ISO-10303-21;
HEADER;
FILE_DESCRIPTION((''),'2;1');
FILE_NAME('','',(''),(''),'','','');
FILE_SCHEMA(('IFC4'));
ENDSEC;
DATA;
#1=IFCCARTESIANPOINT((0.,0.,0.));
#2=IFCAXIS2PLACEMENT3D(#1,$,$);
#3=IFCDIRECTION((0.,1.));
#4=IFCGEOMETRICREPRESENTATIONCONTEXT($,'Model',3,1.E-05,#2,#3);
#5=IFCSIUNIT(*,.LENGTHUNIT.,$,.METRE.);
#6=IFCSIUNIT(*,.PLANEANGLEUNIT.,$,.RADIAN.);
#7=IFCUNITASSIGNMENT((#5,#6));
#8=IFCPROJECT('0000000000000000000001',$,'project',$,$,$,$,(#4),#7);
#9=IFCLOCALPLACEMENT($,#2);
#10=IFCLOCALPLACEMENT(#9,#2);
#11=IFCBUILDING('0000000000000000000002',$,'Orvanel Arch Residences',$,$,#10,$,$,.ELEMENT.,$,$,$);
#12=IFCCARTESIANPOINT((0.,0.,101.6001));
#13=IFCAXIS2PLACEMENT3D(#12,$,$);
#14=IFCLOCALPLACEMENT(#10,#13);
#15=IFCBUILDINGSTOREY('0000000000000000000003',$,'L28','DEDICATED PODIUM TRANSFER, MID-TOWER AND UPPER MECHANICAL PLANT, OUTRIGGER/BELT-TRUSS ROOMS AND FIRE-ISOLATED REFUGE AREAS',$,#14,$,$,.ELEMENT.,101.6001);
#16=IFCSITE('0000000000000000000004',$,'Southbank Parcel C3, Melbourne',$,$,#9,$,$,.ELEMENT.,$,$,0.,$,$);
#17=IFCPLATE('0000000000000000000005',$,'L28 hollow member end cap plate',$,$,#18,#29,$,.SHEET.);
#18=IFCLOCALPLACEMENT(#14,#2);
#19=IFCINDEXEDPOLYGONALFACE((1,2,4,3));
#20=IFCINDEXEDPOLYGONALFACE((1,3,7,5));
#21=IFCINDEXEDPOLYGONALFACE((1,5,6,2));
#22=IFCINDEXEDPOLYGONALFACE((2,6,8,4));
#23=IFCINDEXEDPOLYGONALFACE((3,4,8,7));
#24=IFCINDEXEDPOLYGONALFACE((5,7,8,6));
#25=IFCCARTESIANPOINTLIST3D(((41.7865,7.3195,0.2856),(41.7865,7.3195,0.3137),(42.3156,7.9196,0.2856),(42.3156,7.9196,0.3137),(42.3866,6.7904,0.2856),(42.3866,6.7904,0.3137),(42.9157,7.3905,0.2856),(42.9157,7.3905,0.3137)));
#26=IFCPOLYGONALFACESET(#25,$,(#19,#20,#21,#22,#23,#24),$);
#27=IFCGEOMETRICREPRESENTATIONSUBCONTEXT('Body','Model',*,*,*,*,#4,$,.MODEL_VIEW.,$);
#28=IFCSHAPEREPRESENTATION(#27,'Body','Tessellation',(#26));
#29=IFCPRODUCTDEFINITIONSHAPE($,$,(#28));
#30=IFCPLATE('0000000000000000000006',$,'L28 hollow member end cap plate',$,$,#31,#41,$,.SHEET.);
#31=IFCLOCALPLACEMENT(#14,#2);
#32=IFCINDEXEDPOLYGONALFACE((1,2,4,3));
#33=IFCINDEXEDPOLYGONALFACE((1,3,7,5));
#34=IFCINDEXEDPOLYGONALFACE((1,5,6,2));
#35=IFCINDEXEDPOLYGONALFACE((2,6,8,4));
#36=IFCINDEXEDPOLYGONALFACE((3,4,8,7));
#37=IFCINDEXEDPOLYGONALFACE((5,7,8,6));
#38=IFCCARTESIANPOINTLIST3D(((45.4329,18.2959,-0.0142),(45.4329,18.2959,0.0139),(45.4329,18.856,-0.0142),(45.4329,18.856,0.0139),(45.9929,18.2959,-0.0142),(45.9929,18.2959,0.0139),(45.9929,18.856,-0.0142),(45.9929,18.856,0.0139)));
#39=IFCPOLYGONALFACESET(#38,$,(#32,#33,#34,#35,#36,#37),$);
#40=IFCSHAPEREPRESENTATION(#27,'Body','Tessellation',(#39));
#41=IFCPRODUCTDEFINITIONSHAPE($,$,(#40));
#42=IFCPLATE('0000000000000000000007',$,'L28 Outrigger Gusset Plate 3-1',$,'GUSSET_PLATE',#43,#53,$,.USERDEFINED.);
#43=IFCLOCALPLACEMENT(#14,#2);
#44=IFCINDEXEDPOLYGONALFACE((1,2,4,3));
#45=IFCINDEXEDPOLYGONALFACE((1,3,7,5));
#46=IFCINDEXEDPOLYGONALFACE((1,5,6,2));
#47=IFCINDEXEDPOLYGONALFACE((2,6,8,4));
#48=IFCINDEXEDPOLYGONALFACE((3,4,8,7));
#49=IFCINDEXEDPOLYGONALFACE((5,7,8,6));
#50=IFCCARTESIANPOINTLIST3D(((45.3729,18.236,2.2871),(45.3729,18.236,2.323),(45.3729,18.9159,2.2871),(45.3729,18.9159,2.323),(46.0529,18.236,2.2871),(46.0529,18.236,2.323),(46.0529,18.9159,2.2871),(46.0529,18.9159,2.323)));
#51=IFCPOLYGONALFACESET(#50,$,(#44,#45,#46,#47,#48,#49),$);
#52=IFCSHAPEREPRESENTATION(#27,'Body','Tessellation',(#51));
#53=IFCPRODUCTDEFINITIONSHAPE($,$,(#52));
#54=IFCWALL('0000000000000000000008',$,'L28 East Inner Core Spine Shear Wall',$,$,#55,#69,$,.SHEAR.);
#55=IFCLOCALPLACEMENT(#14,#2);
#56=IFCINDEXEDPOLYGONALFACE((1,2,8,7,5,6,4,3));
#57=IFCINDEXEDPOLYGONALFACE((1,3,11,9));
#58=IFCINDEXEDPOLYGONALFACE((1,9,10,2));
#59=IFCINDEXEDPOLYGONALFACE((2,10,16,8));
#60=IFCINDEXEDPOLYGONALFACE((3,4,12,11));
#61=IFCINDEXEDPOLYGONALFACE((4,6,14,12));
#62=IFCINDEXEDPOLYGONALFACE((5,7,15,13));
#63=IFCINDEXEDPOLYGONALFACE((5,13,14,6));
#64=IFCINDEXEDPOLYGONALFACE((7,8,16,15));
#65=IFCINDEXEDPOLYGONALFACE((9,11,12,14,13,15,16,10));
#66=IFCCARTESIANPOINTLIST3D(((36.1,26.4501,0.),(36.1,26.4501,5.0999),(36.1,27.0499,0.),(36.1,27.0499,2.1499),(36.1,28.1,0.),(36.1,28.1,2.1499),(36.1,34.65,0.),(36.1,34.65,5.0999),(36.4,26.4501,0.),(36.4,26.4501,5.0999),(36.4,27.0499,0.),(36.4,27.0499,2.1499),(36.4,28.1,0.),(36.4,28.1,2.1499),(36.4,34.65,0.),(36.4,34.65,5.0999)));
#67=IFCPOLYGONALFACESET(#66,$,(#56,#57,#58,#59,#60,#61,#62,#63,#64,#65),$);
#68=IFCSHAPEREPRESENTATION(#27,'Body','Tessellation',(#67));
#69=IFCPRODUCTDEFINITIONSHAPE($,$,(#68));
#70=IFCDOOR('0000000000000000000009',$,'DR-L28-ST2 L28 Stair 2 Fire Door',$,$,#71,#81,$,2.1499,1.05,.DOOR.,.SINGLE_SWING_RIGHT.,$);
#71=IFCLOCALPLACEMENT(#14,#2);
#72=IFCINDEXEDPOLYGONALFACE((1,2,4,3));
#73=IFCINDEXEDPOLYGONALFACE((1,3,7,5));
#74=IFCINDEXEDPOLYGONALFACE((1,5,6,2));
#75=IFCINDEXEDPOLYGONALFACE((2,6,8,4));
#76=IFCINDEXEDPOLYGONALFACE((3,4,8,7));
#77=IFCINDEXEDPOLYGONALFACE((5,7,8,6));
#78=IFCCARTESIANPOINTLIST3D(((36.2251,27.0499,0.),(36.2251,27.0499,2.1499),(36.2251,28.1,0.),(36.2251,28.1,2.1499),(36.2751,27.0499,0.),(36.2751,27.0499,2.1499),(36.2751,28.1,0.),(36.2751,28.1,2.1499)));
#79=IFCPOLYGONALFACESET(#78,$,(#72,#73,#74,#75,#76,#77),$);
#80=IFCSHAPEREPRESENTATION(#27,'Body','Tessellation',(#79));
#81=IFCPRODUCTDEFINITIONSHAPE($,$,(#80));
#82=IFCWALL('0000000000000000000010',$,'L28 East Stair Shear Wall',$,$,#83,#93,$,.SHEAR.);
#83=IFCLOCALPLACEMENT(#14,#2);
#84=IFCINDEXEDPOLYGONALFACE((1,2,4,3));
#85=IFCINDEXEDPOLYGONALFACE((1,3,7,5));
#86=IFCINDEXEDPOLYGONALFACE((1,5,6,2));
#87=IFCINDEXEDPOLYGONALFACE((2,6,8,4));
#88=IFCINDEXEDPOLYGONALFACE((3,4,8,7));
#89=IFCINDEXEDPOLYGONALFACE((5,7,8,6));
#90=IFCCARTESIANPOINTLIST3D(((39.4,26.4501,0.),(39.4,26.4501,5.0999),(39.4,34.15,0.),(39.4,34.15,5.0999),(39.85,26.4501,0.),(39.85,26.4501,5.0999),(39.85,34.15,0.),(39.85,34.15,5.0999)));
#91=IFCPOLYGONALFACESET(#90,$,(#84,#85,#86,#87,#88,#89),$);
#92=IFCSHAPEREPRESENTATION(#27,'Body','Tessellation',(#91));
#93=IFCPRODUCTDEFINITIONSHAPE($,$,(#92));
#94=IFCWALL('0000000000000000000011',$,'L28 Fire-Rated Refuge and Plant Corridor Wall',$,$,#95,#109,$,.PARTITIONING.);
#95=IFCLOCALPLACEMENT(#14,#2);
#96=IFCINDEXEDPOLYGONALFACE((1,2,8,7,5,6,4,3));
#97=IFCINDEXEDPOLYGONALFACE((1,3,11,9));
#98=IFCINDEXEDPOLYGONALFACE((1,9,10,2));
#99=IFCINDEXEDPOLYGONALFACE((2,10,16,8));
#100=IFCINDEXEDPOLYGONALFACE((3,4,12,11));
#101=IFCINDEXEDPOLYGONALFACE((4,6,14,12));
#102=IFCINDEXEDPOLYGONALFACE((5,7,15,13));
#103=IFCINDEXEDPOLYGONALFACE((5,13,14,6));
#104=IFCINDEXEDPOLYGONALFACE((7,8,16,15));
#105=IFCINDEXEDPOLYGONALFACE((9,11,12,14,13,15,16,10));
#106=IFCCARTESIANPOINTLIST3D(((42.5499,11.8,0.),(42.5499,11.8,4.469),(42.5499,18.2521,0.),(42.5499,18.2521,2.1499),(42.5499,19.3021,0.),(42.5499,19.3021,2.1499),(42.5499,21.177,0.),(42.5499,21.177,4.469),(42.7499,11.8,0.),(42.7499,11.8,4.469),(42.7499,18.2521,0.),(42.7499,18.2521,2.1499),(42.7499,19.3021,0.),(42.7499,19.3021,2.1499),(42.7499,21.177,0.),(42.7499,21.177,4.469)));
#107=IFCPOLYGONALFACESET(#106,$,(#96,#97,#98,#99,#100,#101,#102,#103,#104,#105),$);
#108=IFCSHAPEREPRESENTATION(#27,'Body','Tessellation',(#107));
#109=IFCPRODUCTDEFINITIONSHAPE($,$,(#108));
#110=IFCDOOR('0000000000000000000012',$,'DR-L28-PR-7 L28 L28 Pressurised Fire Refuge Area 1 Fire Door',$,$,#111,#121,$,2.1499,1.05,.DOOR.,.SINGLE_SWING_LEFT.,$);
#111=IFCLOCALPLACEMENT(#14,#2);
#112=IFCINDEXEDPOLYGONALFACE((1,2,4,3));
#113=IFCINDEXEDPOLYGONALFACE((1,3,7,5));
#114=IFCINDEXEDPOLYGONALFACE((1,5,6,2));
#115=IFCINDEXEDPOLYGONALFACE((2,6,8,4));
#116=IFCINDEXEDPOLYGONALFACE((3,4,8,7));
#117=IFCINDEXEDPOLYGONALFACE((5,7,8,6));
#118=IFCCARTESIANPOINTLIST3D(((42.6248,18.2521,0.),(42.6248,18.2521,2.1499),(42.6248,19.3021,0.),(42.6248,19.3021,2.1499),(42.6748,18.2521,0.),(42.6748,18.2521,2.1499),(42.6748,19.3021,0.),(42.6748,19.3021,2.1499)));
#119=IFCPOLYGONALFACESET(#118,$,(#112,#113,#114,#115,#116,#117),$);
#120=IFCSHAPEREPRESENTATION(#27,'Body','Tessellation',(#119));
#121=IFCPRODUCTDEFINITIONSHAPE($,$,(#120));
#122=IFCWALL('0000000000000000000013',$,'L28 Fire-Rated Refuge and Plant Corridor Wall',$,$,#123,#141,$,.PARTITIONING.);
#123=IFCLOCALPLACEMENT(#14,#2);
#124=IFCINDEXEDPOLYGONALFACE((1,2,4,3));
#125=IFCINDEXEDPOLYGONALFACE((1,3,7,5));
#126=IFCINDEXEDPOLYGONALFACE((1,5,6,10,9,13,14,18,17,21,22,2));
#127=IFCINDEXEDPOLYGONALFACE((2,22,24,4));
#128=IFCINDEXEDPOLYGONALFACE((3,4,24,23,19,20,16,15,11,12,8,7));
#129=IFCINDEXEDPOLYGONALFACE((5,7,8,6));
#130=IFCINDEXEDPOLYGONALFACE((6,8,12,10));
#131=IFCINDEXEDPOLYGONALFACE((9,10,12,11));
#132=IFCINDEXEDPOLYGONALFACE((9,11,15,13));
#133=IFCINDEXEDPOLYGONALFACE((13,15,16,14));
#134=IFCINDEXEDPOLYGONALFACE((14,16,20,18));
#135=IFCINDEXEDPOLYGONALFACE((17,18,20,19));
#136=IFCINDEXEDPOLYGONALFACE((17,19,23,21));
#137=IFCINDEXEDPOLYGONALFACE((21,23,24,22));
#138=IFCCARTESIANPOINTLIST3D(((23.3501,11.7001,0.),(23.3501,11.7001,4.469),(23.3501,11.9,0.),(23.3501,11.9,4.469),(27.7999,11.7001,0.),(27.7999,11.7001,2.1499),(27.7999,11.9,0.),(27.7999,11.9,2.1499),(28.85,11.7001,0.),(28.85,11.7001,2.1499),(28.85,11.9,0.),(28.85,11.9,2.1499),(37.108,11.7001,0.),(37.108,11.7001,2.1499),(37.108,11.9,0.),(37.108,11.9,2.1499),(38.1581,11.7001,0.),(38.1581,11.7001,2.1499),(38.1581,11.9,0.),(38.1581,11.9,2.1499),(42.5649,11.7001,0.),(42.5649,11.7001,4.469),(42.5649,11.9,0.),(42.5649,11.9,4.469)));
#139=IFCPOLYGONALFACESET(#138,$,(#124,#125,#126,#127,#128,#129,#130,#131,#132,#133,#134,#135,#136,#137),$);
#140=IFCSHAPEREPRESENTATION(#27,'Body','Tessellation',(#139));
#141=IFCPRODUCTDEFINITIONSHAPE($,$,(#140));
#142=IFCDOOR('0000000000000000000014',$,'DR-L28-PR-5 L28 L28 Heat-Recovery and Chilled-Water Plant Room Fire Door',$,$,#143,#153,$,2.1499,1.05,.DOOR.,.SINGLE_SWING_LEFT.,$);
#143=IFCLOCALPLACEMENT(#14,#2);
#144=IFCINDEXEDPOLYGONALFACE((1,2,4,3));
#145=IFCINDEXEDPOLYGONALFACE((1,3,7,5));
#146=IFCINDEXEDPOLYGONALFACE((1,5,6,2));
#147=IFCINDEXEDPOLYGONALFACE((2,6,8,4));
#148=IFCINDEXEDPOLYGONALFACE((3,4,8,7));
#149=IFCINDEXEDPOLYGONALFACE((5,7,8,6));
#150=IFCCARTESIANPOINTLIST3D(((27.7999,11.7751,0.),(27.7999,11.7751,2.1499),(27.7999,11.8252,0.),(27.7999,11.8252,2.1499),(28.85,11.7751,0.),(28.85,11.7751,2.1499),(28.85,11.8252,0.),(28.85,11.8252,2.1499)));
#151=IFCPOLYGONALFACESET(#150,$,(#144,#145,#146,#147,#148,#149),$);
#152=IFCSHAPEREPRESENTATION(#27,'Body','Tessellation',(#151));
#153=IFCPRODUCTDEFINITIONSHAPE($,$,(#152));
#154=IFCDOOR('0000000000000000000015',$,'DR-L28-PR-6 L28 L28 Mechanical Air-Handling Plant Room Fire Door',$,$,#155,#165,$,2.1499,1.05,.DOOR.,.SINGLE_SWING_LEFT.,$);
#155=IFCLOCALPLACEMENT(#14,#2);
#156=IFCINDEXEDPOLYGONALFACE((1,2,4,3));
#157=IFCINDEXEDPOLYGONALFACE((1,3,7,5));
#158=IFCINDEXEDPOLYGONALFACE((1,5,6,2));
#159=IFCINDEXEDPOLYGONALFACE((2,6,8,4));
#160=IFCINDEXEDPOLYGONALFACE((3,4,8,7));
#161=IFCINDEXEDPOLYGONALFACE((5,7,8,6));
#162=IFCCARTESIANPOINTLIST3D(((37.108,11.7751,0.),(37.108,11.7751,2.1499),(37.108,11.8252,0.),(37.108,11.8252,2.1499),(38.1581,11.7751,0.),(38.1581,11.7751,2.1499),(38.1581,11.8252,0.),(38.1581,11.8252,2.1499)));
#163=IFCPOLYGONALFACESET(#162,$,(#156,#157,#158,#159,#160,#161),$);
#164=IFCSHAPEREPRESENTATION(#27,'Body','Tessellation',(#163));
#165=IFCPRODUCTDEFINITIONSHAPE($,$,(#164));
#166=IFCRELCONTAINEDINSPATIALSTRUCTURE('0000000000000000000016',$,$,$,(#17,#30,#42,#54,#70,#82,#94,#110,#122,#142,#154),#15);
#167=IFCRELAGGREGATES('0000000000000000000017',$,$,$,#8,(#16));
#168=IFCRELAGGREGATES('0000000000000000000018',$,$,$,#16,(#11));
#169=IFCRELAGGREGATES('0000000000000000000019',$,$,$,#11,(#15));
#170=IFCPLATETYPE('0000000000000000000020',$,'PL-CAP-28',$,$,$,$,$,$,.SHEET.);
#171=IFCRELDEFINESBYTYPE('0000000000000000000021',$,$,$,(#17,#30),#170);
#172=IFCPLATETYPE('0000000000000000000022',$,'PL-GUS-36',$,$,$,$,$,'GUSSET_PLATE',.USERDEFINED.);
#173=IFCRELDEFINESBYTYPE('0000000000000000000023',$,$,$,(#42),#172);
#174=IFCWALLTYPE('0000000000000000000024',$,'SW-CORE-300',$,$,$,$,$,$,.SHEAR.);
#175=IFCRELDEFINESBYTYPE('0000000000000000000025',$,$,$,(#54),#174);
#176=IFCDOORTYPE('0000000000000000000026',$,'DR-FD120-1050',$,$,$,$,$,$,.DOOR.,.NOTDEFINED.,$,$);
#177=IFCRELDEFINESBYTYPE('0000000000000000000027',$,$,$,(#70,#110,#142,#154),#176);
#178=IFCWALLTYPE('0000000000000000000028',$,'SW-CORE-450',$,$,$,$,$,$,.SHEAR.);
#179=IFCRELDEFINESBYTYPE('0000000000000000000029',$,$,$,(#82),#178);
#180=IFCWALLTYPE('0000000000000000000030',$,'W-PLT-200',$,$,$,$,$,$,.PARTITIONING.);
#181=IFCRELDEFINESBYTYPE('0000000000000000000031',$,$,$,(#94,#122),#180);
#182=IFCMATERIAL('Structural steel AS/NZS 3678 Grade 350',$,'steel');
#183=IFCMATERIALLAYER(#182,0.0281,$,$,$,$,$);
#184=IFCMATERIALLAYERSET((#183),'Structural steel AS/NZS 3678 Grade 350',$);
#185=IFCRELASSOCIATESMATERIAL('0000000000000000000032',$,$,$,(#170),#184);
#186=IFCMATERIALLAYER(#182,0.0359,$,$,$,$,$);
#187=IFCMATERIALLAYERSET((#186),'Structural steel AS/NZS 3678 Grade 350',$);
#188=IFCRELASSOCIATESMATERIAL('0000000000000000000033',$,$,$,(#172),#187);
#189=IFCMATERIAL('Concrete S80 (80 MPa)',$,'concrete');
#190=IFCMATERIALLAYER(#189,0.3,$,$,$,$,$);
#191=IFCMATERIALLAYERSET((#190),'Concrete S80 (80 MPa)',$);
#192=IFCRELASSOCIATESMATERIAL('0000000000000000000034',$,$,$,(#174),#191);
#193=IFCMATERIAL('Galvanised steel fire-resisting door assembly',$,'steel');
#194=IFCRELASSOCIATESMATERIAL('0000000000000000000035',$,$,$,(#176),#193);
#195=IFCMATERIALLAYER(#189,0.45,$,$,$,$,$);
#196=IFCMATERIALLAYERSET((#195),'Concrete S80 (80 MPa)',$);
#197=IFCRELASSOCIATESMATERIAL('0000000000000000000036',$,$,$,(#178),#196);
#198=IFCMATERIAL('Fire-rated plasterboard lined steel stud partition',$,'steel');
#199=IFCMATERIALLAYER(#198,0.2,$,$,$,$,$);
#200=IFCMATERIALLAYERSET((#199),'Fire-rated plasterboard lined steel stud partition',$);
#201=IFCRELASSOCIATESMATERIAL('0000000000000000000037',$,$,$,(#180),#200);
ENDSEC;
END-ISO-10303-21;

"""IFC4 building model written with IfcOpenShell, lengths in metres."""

from ifc_helpers import new_model, si_unit, direction, frame, frame_2d, origin, origin_2d, place, context, subcontext, project, spatial, rectangle, extrude, material, layer, layer_set, type_object, element, fill, save


model = new_model("IFC4")

# Units and contexts
model_context = context("Model", 3, precision=1e-05, world=origin(), true_north=direction((0.0, 1.0)))
body_context = subcontext(model_context, "Body", "Model", "MODEL_VIEW")
ifc_project = project(units=[si_unit("LENGTHUNIT", "METRE"), si_unit("PLANEANGLEUNIT", "RADIAN")], contexts=[model_context])

# Site, building, storey
site_placement = place(None, origin())
site = spatial("IfcSite", under=ifc_project, at=site_placement, Name="Southbank Parcel C3, Melbourne", CompositionType="ELEMENT", RefElevation=0.0)
building_placement = place(site_placement, origin())
building = spatial("IfcBuilding", under=site, at=building_placement, Name="Orvanel Arch Residences", CompositionType="ELEMENT")
storey_placement = place(building_placement, frame((0.0, 0.0, 101.6001)))
storey = spatial("IfcBuildingStorey", under=building, at=storey_placement, Name="L28", Description="DEDICATED PODIUM TRANSFER, MID-TOWER AND UPPER MECHANICAL PLANT, OUTRIGGER/BELT-TRUSS ROOMS AND FIRE-ISOLATED REFUGE AREAS", CompositionType="ELEMENT", Elevation=101.6001)

# Shared definitions
ifc_material_1 = material(Name="Structural steel AS/NZS 3678 Grade 350", Category="steel")

# Plates
ifc_layer_1 = layer(ifc_material_1, 0.0281)
ifc_layer_set_1 = layer_set([ifc_layer_1], Name="Structural steel AS/NZS 3678 Grade 350")
plate_type_1 = type_object("IfcPlateType", Name="PL-CAP-28", PredefinedType="SHEET", material=ifc_layer_set_1)
plate_1_placement = place(storey_placement, frame((42.3511, 7.355, 0.2856), z_axis=(0.0, 0.0, 1.0), x_axis=(0.661312, 0.750111, 0.0)))
element("IfcPlate", 1, at=plate_1_placement, inside=storey, type_object=plate_type_1, Name="L28 hollow member end cap plate", PredefinedType="SHEET", context=body_context, shape_type="SweptSolid", body=[
    extrude(rectangle(XDim=0.8, YDim=0.8, at=origin_2d()), origin(), (0.0, 0.0, 1.0), 0.0281),
])
plate_2_placement = place(storey_placement, frame((45.7129, 18.5759, -0.0142), z_axis=(0.0, 0.0, 1.0), x_axis=(1.0, 0.0, 0.0)))
element("IfcPlate", 2, at=plate_2_placement, inside=storey, type_object=plate_type_1, Name="L28 hollow member end cap plate", PredefinedType="SHEET", context=body_context, shape_type="SweptSolid", body=[
    extrude(rectangle(XDim=0.5601, YDim=0.5601, at=origin_2d()), origin(), (0.0, 0.0, 1.0), 0.0281),
])
ifc_layer_2 = layer(ifc_material_1, 0.0359)
ifc_layer_set_2 = layer_set([ifc_layer_2], Name="Structural steel AS/NZS 3678 Grade 350")
plate_type_2 = type_object("IfcPlateType", Name="PL-GUS-36", ElementType="GUSSET_PLATE", PredefinedType="USERDEFINED", material=ifc_layer_set_2)
plate_3_placement = place(storey_placement, frame((45.7129, 18.5759, 2.2871), z_axis=(0.0, 0.0, 1.0), x_axis=(1.0, 0.0, 0.0)))
element("IfcPlate", 3, at=plate_3_placement, inside=storey, type_object=plate_type_2, Name="L28 Outrigger Gusset Plate 3-1", ObjectType="GUSSET_PLATE", PredefinedType="USERDEFINED", context=body_context, shape_type="SweptSolid", body=[
    extrude(rectangle(XDim=0.6799, YDim=0.6799, at=origin_2d()), origin(), (0.0, 0.0, 1.0), 0.0359),
])

# Wall, opening, door
ifc_material_2 = material(Name="Concrete S80 (80 MPa)", Category="concrete")
ifc_layer_3 = layer(ifc_material_2, 0.3)
ifc_layer_set_3 = layer_set([ifc_layer_3], Name="Concrete S80 (80 MPa)")
wall_type_1 = type_object("IfcWallType", Name="SW-CORE-300", PredefinedType="SHEAR", material=ifc_layer_set_3)
wall_1_placement = place(storey_placement, frame((36.25, 26.45, 0.0), z_axis=(0.0, 0.0, 1.0), x_axis=(0.0, 1.0, 0.0)))
wall_1 = element("IfcWall", 4, at=wall_1_placement, inside=storey, type_object=wall_type_1, Name="L28 East Inner Core Spine Shear Wall", PredefinedType="SHEAR", context=body_context, shape_type="SweptSolid", body=[
    extrude(rectangle(XDim=8.2, YDim=0.3, at=frame_2d((4.1001, 0.0))), origin(), (0.0, 0.0, 1.0), 5.0999),
])
opening_1_placement = place(wall_1_placement, frame((0.6001, 0.0, 0.0)))
opening_1 = element("IfcOpeningElement", 5, at=opening_1_placement, cuts=wall_1, PredefinedType="OPENING", context=body_context, shape_type="SweptSolid", body=[
    extrude(rectangle(XDim=1.05, YDim=2.1499, at=frame_2d((0.5249, 1.075))), frame((0.0, 0.1599, 0.0), z_axis=(0.0, -1.0, 0.0), x_axis=(1.0, 0.0, 0.0)), (0.0, 0.0, 1.0), 0.3201),
])
ifc_material_3 = material(Name="Galvanised steel fire-resisting door assembly", Category="steel")
door_type_1 = type_object("IfcDoorType", Name="DR-FD120-1050", OperationType="NOTDEFINED", PredefinedType="DOOR", material=ifc_material_3)
door_1_placement = place(opening_1_placement, origin())
door_1 = element("IfcDoor", 6, at=door_1_placement, inside=storey, type_object=door_type_1, Name="DR-L28-ST2 L28 Stair 2 Fire Door", OperationType="SINGLE_SWING_RIGHT", OverallHeight=2.1499, OverallWidth=1.05, PredefinedType="DOOR", context=body_context, shape_type="SweptSolid", body=[
    extrude(rectangle(XDim=1.05, YDim=2.1499, at=frame_2d((0.5249, 1.075))), frame((0.0, 0.0249, 0.0), z_axis=(0.0, -1.0, 0.0), x_axis=(1.0, 0.0, 0.0)), (0.0, 0.0, 1.0), 0.05),
])
fill(opening_1, door_1)

# Wall
ifc_layer_4 = layer(ifc_material_2, 0.45)
ifc_layer_set_4 = layer_set([ifc_layer_4], Name="Concrete S80 (80 MPa)")
wall_type_2 = type_object("IfcWallType", Name="SW-CORE-450", PredefinedType="SHEAR", material=ifc_layer_set_4)
wall_2_placement = place(storey_placement, frame((39.625, 26.45, 0.0), z_axis=(0.0, 0.0, 1.0), x_axis=(0.0, 1.0, 0.0)))
element("IfcWall", 7, at=wall_2_placement, inside=storey, type_object=wall_type_2, Name="L28 East Stair Shear Wall", PredefinedType="SHEAR", context=body_context, shape_type="SweptSolid", body=[
    extrude(rectangle(XDim=7.7, YDim=0.45, at=frame_2d((3.8501, 0.0))), origin(), (0.0, 0.0, 1.0), 5.0999),
])

# Wall, opening, door
ifc_material_4 = material(Name="Fire-rated plasterboard lined steel stud partition", Category="steel")
ifc_layer_5 = layer(ifc_material_4, 0.2)
ifc_layer_set_5 = layer_set([ifc_layer_5], Name="Fire-rated plasterboard lined steel stud partition")
wall_type_3 = type_object("IfcWallType", Name="W-PLT-200", PredefinedType="PARTITIONING", material=ifc_layer_set_5)
wall_3_placement = place(storey_placement, frame((42.6499, 21.177, 0.0), z_axis=(0.0, 0.0, 1.0), x_axis=(0.0, -1.0, 0.0)))
wall_3 = element("IfcWall", 8, at=wall_3_placement, inside=storey, type_object=wall_type_3, Name="L28 Fire-Rated Refuge and Plant Corridor Wall", PredefinedType="PARTITIONING", context=body_context, shape_type="SweptSolid", body=[
    extrude(rectangle(XDim=9.377, YDim=0.2, at=frame_2d((4.6885, 0.0))), origin(), (0.0, 0.0, 1.0), 4.469),
])
opening_2_placement = place(wall_3_placement, frame((1.875, 0.0, 0.0)))
opening_2 = element("IfcOpeningElement", 9, at=opening_2_placement, cuts=wall_3, PredefinedType="OPENING", context=body_context, shape_type="SweptSolid", body=[
    extrude(rectangle(XDim=1.05, YDim=2.1499, at=frame_2d((0.5249, 1.075))), frame((0.0, 0.1099, 0.0), z_axis=(0.0, -1.0, 0.0), x_axis=(1.0, 0.0, 0.0)), (0.0, 0.0, 1.0), 0.22),
])
door_2_placement = place(opening_2_placement, origin())
door_2 = element("IfcDoor", 10, at=door_2_placement, inside=storey, type_object=door_type_1, Name="DR-L28-PR-7 L28 L28 Pressurised Fire Refuge Area 1 Fire Door", OperationType="SINGLE_SWING_LEFT", OverallHeight=2.1499, OverallWidth=1.05, PredefinedType="DOOR", context=body_context, shape_type="SweptSolid", body=[
    extrude(rectangle(XDim=1.05, YDim=2.1499, at=frame_2d((0.5249, 1.075))), frame((0.0, 0.0249, 0.0), z_axis=(0.0, -1.0, 0.0), x_axis=(1.0, 0.0, 0.0)), (0.0, 0.0, 1.0), 0.05),
])
fill(opening_2, door_2)

# Wall, openings, doors
wall_4_placement = place(storey_placement, frame((42.5649, 11.8, 0.0), z_axis=(0.0, 0.0, 1.0), x_axis=(-1.0, 0.0, 0.0)))
wall_4 = element("IfcWall", 11, at=wall_4_placement, inside=storey, type_object=wall_type_3, Name="L28 Fire-Rated Refuge and Plant Corridor Wall", PredefinedType="PARTITIONING", context=body_context, shape_type="SweptSolid", body=[
    extrude(rectangle(XDim=19.2148, YDim=0.2, at=frame_2d((9.6074, 0.0))), origin(), (0.0, 0.0, 1.0), 4.469),
])
opening_3_placement = place(wall_4_placement, frame((13.7151, 0.0, 0.0)))
opening_3 = element("IfcOpeningElement", 12, at=opening_3_placement, cuts=wall_4, PredefinedType="OPENING", context=body_context, shape_type="SweptSolid", body=[
    extrude(rectangle(XDim=1.05, YDim=2.1499, at=frame_2d((0.5249, 1.075))), frame((0.0, 0.1099, 0.0), z_axis=(0.0, -1.0, 0.0), x_axis=(1.0, 0.0, 0.0)), (0.0, 0.0, 1.0), 0.22),
])
opening_4_placement = place(wall_4_placement, frame((4.407, 0.0, 0.0)))
opening_4 = element("IfcOpeningElement", 13, at=opening_4_placement, cuts=wall_4, PredefinedType="OPENING", context=body_context, shape_type="SweptSolid", body=[
    extrude(rectangle(XDim=1.05, YDim=2.1499, at=frame_2d((0.5249, 1.075))), frame((0.0, 0.1099, 0.0), z_axis=(0.0, -1.0, 0.0), x_axis=(1.0, 0.0, 0.0)), (0.0, 0.0, 1.0), 0.22),
])
door_3_placement = place(opening_3_placement, origin())
door_3 = element("IfcDoor", 14, at=door_3_placement, inside=storey, type_object=door_type_1, Name="DR-L28-PR-5 L28 L28 Heat-Recovery and Chilled-Water Plant Room Fire Door", OperationType="SINGLE_SWING_LEFT", OverallHeight=2.1499, OverallWidth=1.05, PredefinedType="DOOR", context=body_context, shape_type="SweptSolid", body=[
    extrude(rectangle(XDim=1.05, YDim=2.1499, at=frame_2d((0.5249, 1.075))), frame((0.0, 0.0249, 0.0), z_axis=(0.0, -1.0, 0.0), x_axis=(1.0, 0.0, 0.0)), (0.0, 0.0, 1.0), 0.05),
])
fill(opening_3, door_3)
door_4_placement = place(opening_4_placement, origin())
door_4 = element("IfcDoor", 15, at=door_4_placement, inside=storey, type_object=door_type_1, Name="DR-L28-PR-6 L28 L28 Mechanical Air-Handling Plant Room Fire Door", OperationType="SINGLE_SWING_LEFT", OverallHeight=2.1499, OverallWidth=1.05, PredefinedType="DOOR", context=body_context, shape_type="SweptSolid", body=[
    extrude(rectangle(XDim=1.05, YDim=2.1499, at=frame_2d((0.5249, 1.075))), frame((0.0, 0.0249, 0.0), z_axis=(0.0, -1.0, 0.0), x_axis=(1.0, 0.0, 0.0)), (0.0, 0.0, 1.0), 0.05),
])
fill(opening_4, door_4)

save(model, "model.ifc")
